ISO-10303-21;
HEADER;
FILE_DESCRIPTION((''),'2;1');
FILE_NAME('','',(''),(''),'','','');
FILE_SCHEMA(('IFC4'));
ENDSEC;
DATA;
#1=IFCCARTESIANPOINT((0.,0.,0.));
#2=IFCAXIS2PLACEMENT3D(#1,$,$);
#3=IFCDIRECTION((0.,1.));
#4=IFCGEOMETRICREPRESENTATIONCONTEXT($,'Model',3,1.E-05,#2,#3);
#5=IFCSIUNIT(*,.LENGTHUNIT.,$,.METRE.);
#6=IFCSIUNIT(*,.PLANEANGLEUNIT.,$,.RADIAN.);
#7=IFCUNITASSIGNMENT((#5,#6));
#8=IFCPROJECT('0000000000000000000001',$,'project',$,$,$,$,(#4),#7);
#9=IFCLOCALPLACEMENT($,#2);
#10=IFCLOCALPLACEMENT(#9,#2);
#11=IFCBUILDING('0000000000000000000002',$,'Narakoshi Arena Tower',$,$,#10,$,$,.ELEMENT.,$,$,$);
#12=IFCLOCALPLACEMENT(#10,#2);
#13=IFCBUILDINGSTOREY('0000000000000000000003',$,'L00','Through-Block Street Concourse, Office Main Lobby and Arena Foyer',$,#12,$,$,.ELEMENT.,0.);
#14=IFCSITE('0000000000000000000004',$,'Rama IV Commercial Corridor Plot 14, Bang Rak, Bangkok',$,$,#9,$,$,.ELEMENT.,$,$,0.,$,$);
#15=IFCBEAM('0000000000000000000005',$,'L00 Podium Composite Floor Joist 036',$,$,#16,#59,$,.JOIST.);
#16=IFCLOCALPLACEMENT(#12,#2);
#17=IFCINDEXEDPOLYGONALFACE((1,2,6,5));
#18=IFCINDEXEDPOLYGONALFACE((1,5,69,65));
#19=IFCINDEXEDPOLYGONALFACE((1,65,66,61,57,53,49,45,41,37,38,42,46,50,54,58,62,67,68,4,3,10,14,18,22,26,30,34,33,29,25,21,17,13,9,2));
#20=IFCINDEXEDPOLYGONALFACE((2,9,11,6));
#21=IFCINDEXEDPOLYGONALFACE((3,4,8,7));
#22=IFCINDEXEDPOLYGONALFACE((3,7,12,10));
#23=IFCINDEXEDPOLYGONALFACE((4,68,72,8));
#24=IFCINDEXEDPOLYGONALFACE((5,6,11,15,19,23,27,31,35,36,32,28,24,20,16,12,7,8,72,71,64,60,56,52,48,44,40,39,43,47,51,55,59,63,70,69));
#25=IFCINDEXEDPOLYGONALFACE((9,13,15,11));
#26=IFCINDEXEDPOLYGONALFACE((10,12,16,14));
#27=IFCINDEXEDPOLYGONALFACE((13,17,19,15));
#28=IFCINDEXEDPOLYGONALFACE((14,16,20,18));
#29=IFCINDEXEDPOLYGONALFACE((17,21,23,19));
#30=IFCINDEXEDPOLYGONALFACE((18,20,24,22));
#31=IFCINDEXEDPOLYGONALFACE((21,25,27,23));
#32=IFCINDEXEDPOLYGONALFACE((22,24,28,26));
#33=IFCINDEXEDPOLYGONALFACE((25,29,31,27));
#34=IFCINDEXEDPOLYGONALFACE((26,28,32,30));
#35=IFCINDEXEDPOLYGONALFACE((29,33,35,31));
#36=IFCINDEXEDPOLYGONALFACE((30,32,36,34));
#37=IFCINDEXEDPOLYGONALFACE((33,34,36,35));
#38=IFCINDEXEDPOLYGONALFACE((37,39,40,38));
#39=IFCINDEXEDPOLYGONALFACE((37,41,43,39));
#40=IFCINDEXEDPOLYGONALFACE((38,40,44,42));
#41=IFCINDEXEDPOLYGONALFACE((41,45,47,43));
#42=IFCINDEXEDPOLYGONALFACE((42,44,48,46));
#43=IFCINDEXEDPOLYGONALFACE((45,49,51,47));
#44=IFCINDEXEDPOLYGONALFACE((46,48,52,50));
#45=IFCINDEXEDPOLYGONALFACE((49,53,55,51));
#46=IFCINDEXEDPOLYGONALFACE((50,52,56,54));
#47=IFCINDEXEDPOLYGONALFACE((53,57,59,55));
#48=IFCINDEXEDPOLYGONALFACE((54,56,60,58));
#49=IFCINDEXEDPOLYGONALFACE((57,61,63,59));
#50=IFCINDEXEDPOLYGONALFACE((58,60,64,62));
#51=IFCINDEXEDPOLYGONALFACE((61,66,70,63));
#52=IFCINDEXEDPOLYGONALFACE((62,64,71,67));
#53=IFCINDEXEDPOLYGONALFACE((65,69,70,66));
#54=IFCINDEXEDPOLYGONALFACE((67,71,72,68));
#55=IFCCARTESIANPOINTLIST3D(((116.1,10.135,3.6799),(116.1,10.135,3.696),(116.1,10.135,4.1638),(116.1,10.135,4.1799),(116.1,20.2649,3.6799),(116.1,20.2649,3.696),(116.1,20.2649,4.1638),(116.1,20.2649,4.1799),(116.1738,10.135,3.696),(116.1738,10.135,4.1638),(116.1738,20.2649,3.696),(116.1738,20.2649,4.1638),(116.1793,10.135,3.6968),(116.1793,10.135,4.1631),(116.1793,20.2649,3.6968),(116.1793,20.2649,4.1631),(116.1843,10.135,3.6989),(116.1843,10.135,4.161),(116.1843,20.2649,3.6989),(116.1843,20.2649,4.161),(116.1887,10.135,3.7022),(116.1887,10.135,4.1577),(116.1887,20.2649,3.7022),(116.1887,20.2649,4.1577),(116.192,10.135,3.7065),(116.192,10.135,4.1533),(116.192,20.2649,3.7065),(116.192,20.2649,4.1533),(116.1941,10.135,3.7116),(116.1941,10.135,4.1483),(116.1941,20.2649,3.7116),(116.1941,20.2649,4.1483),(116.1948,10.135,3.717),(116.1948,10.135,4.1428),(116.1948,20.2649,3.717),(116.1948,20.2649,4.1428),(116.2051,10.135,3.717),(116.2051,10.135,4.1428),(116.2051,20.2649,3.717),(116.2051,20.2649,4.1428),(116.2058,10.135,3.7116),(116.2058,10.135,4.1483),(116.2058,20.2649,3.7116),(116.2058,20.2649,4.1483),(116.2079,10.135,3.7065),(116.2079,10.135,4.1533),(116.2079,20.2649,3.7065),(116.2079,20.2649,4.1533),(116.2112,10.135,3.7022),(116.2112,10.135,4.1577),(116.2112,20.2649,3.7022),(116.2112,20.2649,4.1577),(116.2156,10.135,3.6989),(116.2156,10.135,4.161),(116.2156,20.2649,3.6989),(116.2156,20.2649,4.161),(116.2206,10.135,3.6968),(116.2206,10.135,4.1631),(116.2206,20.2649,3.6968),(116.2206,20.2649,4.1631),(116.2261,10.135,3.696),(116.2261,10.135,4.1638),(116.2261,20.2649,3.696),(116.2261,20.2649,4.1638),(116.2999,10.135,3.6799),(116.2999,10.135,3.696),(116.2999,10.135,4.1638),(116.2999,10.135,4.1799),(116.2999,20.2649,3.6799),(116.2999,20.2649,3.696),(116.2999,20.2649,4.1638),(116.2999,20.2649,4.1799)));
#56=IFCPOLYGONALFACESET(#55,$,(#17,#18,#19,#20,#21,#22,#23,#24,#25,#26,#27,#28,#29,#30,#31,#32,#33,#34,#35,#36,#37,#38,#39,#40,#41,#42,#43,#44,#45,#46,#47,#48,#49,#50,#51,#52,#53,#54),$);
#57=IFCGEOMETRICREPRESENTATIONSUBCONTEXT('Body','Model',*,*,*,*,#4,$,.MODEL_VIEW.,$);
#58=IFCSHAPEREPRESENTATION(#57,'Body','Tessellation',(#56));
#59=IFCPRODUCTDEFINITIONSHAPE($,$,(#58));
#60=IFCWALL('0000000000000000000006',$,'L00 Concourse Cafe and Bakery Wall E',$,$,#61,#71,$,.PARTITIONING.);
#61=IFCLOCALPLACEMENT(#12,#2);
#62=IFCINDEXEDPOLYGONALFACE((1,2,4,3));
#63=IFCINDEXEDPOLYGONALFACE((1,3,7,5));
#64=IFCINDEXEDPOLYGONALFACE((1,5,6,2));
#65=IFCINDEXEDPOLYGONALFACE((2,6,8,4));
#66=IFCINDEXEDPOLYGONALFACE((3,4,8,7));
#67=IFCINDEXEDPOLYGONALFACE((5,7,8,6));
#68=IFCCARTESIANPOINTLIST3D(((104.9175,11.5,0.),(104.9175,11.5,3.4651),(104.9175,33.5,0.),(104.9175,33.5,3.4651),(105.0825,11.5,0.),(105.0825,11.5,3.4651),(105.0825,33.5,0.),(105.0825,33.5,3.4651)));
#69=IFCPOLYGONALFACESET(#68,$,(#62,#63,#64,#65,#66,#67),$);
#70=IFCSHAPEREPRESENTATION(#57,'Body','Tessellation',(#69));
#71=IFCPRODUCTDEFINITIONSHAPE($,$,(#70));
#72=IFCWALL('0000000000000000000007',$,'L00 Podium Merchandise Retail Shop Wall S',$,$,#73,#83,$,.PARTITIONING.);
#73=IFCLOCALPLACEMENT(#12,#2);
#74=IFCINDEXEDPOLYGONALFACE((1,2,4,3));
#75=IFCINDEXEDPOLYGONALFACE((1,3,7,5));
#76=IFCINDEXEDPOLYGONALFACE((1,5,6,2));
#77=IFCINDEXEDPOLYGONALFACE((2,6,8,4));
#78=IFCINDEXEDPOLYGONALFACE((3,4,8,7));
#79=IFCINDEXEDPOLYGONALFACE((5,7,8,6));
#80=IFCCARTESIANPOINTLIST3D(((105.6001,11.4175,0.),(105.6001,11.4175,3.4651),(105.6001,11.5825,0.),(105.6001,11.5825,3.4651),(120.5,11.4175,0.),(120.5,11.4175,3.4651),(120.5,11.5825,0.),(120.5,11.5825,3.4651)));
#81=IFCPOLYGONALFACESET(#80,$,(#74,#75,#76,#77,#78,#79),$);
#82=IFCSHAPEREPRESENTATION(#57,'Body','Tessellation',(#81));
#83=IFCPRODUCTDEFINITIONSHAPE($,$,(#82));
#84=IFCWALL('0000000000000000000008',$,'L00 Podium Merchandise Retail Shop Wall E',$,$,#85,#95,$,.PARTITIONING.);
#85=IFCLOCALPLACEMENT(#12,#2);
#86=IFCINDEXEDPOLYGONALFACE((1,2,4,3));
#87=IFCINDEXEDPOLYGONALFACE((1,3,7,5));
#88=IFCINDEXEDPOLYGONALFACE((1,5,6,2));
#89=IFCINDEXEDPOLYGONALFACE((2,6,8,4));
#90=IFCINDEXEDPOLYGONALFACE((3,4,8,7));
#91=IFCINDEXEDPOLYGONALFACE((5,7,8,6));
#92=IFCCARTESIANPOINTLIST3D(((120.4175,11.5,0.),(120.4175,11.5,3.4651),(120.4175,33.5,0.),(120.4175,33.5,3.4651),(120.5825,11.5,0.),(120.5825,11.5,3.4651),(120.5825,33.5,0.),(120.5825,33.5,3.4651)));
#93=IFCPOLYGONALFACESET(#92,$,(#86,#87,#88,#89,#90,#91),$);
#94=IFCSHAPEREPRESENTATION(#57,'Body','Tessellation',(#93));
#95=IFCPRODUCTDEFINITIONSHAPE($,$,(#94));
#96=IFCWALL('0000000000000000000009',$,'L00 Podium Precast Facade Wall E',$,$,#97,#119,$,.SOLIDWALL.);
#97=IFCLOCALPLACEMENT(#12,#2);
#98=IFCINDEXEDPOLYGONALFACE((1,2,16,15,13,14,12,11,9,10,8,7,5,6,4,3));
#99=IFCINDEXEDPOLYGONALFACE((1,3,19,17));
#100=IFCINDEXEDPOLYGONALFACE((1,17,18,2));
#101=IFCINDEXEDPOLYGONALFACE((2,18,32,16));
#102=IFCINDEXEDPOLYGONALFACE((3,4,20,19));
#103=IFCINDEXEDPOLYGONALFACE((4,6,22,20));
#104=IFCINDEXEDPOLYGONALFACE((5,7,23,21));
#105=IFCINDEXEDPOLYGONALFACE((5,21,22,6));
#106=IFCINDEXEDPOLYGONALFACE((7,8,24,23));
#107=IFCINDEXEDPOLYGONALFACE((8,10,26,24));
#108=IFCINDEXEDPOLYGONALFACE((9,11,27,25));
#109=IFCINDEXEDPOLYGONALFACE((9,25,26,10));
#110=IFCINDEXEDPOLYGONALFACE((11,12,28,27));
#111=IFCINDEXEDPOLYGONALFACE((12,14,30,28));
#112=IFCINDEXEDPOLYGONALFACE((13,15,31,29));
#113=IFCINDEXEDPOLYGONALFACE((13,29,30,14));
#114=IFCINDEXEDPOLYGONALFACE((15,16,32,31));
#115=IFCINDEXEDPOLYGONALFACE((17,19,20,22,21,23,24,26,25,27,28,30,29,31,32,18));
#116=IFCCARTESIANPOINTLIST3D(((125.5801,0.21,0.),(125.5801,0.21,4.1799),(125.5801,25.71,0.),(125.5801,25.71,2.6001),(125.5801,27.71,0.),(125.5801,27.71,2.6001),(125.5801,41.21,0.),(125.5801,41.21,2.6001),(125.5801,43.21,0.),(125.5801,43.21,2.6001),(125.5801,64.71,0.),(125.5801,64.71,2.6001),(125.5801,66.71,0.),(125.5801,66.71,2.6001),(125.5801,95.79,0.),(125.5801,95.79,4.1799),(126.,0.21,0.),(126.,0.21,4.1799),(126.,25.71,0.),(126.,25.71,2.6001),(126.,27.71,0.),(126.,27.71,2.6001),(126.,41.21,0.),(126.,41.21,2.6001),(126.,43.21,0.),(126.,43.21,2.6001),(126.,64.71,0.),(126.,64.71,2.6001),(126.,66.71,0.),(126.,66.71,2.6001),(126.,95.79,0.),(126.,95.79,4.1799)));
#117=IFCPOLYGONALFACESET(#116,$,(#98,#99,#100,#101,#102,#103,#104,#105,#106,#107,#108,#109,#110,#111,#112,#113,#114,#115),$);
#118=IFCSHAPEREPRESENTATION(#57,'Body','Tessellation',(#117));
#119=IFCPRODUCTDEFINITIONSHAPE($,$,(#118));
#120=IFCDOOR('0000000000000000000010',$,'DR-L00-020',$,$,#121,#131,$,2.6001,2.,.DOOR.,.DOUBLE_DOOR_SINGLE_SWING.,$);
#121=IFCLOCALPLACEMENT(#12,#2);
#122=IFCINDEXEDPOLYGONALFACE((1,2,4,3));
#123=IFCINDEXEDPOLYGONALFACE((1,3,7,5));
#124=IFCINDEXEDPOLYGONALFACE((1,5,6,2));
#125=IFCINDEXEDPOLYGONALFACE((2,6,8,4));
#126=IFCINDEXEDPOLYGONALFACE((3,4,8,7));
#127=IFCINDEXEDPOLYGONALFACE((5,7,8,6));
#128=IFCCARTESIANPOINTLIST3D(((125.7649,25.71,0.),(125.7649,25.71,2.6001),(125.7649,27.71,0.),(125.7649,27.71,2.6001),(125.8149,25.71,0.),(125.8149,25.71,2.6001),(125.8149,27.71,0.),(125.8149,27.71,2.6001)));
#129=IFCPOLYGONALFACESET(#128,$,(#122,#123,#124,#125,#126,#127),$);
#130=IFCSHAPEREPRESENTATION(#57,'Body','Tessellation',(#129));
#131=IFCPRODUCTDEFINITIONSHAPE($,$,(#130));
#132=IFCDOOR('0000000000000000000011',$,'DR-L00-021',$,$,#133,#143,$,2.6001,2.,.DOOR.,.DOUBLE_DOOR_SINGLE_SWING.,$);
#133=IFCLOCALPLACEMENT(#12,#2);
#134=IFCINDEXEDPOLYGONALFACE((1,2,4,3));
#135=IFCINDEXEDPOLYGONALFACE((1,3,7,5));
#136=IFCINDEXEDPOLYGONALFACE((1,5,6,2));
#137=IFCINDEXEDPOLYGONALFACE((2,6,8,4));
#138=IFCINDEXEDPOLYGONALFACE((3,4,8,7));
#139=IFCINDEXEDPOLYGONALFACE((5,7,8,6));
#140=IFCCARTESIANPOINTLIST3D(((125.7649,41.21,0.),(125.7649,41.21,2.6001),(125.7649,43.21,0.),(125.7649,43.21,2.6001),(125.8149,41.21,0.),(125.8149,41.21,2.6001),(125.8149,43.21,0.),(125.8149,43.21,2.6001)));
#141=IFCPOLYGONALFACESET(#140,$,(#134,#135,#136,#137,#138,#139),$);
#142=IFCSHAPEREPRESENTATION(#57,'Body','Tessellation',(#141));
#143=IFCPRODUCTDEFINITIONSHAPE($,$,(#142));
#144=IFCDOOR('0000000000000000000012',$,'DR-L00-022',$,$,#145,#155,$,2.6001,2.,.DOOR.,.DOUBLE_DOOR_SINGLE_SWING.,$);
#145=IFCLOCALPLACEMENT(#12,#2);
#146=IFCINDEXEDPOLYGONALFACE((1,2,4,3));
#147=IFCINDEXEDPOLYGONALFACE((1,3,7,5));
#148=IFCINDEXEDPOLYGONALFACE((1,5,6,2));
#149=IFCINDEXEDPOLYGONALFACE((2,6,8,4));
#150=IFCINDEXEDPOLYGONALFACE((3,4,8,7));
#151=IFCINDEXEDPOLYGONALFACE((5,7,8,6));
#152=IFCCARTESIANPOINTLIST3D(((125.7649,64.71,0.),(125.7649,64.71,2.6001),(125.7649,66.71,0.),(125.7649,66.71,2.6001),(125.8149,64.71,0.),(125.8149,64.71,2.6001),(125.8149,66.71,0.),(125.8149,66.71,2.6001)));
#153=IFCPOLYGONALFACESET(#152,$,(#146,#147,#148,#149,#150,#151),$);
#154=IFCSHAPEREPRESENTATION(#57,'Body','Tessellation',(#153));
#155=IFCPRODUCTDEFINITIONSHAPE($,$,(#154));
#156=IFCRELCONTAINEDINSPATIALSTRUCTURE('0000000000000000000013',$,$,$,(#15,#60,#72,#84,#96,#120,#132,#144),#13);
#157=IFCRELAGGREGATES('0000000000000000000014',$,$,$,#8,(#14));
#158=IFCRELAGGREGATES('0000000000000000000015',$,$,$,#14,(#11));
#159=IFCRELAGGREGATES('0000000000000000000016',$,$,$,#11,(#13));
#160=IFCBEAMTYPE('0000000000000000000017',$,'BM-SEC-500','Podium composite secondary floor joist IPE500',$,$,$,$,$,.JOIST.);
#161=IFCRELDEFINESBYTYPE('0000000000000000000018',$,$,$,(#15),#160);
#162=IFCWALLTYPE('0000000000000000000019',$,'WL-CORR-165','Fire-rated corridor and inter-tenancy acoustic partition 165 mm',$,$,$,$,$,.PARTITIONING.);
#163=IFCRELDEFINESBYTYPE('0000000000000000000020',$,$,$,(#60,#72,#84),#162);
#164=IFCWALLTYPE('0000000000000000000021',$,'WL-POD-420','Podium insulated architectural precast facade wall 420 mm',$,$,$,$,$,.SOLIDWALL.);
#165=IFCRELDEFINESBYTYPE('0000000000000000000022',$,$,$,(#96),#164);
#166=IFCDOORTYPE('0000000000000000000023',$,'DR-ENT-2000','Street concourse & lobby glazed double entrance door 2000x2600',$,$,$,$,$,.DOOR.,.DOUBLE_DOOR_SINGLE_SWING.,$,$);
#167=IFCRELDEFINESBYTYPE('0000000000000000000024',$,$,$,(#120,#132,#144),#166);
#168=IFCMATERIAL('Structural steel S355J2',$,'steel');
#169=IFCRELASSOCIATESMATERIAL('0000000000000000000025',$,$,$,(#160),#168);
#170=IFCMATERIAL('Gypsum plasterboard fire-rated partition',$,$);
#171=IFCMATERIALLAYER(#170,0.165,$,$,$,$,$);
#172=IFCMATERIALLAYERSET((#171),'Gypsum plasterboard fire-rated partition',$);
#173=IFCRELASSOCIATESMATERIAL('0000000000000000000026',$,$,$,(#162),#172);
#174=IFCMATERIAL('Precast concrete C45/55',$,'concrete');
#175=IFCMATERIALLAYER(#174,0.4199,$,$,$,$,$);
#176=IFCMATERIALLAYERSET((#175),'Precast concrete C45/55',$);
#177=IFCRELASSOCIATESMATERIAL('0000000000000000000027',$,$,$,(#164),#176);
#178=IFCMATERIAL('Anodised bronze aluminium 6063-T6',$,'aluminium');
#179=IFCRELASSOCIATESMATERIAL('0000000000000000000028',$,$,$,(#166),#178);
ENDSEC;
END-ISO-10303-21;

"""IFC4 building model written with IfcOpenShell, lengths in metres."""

from ifc_helpers import new_model, si_unit, direction, frame, frame_2d, origin, origin_2d, place, context, subcontext, project, spatial, rectangle, i_section, extrude, material, layer, layer_set, material_profile, profile_set, type_object, element, fill, save


model = new_model("IFC4")

# Units and contexts
model_context = context("Model", 3, precision=1e-05, world=origin(), true_north=direction((0.0, 1.0)))
body_context = subcontext(model_context, "Body", "Model", "MODEL_VIEW")
ifc_project = project(units=[si_unit("LENGTHUNIT", "METRE"), si_unit("PLANEANGLEUNIT", "RADIAN")], contexts=[model_context])

# Site, building, storey
site_placement = place(None, origin())
site = spatial("IfcSite", under=ifc_project, at=site_placement, Name="Rama IV Commercial Corridor Plot 14, Bang Rak, Bangkok", CompositionType="ELEMENT", RefElevation=0.0)
building_placement = place(site_placement, origin())
building = spatial("IfcBuilding", under=site, at=building_placement, Name="Narakoshi Arena Tower", CompositionType="ELEMENT")
storey_placement = place(building_placement, origin())
storey = spatial("IfcBuildingStorey", under=building, at=storey_placement, Name="L00", Description="Through-Block Street Concourse, Office Main Lobby and Arena Foyer", CompositionType="ELEMENT", Elevation=0.0)

# Beam
ifc_material_1 = material(Name="Structural steel S355J2", Category="steel")
ifc_material_profile_1 = material_profile(ifc_material_1, i_section(OverallWidth=0.2, OverallDepth=0.5, WebThickness=0.0103, FlangeThickness=0.0161, FilletRadius=0.021, at=origin_2d()), Name="IPE500")
ifc_profile_set_1 = profile_set([ifc_material_profile_1], Name="Structural steel S355J2")
beam_type_1 = type_object("IfcBeamType", Name="BM-SEC-500", Description="Podium composite secondary floor joist IPE500", PredefinedType="JOIST", material=ifc_profile_set_1)
beam_1_placement = place(storey_placement, frame((116.2, 10.135, 3.9299), z_axis=(0.0, 1.0, 0.0), x_axis=(-1.0, 0.0, 0.0)))
element("IfcBeam", 1, at=beam_1_placement, inside=storey, type_object=beam_type_1, Name="L00 Podium Composite Floor Joist 036", PredefinedType="JOIST", context=body_context, shape_type="SweptSolid", body=[
    extrude(i_section(OverallWidth=0.2, OverallDepth=0.5, WebThickness=0.0103, FlangeThickness=0.0161, FilletRadius=0.021, at=origin_2d()), origin(), (0.0, 0.0, 1.0), 10.1299),
])

# Walls
ifc_material_2 = material(Name="Gypsum plasterboard fire-rated partition")
ifc_layer_1 = layer(ifc_material_2, 0.165)
ifc_layer_set_1 = layer_set([ifc_layer_1], Name="Gypsum plasterboard fire-rated partition")
wall_type_1 = type_object("IfcWallType", Name="WL-CORR-165", Description="Fire-rated corridor and inter-tenancy acoustic partition 165 mm", PredefinedType="PARTITIONING", material=ifc_layer_set_1)
wall_1_placement = place(storey_placement, frame((105.0, 11.5, 0.0), z_axis=(0.0, 0.0, 1.0), x_axis=(0.0, 1.0, 0.0)))
element("IfcWall", 2, at=wall_1_placement, inside=storey, type_object=wall_type_1, Name="L00 Concourse Cafe and Bakery Wall E", PredefinedType="PARTITIONING", context=body_context, shape_type="SweptSolid", body=[
    extrude(rectangle(XDim=22.0, YDim=0.165, at=frame_2d((11.0, 0.0))), origin(), (0.0, 0.0, 1.0), 3.4651),
])
wall_2_placement = place(storey_placement, frame((105.6001, 11.5, 0.0), z_axis=(0.0, 0.0, 1.0), x_axis=(1.0, 0.0, 0.0)))
element("IfcWall", 3, at=wall_2_placement, inside=storey, type_object=wall_type_1, Name="L00 Podium Merchandise Retail Shop Wall S", PredefinedType="PARTITIONING", context=body_context, shape_type="SweptSolid", body=[
    extrude(rectangle(XDim=14.8999, YDim=0.165, at=frame_2d((7.45, 0.0))), origin(), (0.0, 0.0, 1.0), 3.4651),
])
wall_3_placement = place(storey_placement, frame((120.5, 11.5, 0.0), z_axis=(0.0, 0.0, 1.0), x_axis=(0.0, 1.0, 0.0)))
element("IfcWall", 4, at=wall_3_placement, inside=storey, type_object=wall_type_1, Name="L00 Podium Merchandise Retail Shop Wall E", PredefinedType="PARTITIONING", context=body_context, shape_type="SweptSolid", body=[
    extrude(rectangle(XDim=22.0, YDim=0.165, at=frame_2d((11.0, 0.0))), origin(), (0.0, 0.0, 1.0), 3.4651),
])

# Wall, openings, doors
ifc_material_3 = material(Name="Precast concrete C45/55", Category="concrete")
ifc_layer_2 = layer(ifc_material_3, 0.4199)
ifc_layer_set_2 = layer_set([ifc_layer_2], Name="Precast concrete C45/55")
wall_type_2 = type_object("IfcWallType", Name="WL-POD-420", Description="Podium insulated architectural precast facade wall 420 mm", PredefinedType="SOLIDWALL", material=ifc_layer_set_2)
wall_4_placement = place(storey_placement, frame((125.79, 0.21, 0.0), z_axis=(0.0, 0.0, 1.0), x_axis=(0.0, 1.0, 0.0)))
wall_4 = element("IfcWall", 5, at=wall_4_placement, inside=storey, type_object=wall_type_2, Name="L00 Podium Precast Facade Wall E", PredefinedType="SOLIDWALL", context=body_context, shape_type="SweptSolid", body=[
    extrude(rectangle(XDim=95.5801, YDim=0.4199, at=frame_2d((47.79, 0.0))), origin(), (0.0, 0.0, 1.0), 4.1799),
])
opening_1_placement = place(wall_4_placement, frame((25.5, 0.0, 0.0)))
opening_1 = element("IfcOpeningElement", 6, at=opening_1_placement, cuts=wall_4, PredefinedType="OPENING", context=body_context, shape_type="SweptSolid", body=[
    extrude(rectangle(XDim=2.0, YDim=2.6001, at=frame_2d((1.0, 1.3))), frame((0.0, 0.22, 0.0), z_axis=(0.0, -1.0, 0.0), x_axis=(1.0, 0.0, 0.0)), (0.0, 0.0, 1.0), 0.4399),
])
opening_2_placement = place(wall_4_placement, frame((41.0, 0.0, 0.0)))
opening_2 = element("IfcOpeningElement", 7, at=opening_2_placement, cuts=wall_4, PredefinedType="OPENING", context=body_context, shape_type="SweptSolid", body=[
    extrude(rectangle(XDim=2.0, YDim=2.6001, at=frame_2d((1.0, 1.3))), frame((0.0, 0.22, 0.0), z_axis=(0.0, -1.0, 0.0), x_axis=(1.0, 0.0, 0.0)), (0.0, 0.0, 1.0), 0.4399),
])
opening_3_placement = place(wall_4_placement, frame((64.5, 0.0, 0.0)))
opening_3 = element("IfcOpeningElement", 8, at=opening_3_placement, cuts=wall_4, PredefinedType="OPENING", context=body_context, shape_type="SweptSolid", body=[
    extrude(rectangle(XDim=2.0, YDim=2.6001, at=frame_2d((1.0, 1.3))), frame((0.0, 0.22, 0.0), z_axis=(0.0, -1.0, 0.0), x_axis=(1.0, 0.0, 0.0)), (0.0, 0.0, 1.0), 0.4399),
])
ifc_material_4 = material(Name="Anodised bronze aluminium 6063-T6", Category="aluminium")
door_type = type_object("IfcDoorType", Name="DR-ENT-2000", Description="Street concourse & lobby glazed double entrance door 2000x2600", OperationType="DOUBLE_DOOR_SINGLE_SWING", PredefinedType="DOOR", material=ifc_material_4)
door_1_placement = place(opening_1_placement, frame((2.0, 0.0, 0.0), z_axis=(0.0, 0.0, 1.0), x_axis=(-1.0, 0.0, 0.0)))
door_1 = element("IfcDoor", 9, at=door_1_placement, inside=storey, type_object=door_type, Name="DR-L00-020", OperationType="DOUBLE_DOOR_SINGLE_SWING", OverallHeight=2.6001, OverallWidth=2.0, PredefinedType="DOOR", context=body_context, shape_type="SweptSolid", body=[
    extrude(rectangle(XDim=2.0, YDim=2.6001, at=frame_2d((1.0, 1.3))), frame((0.0, 0.0249, 0.0), z_axis=(0.0, -1.0, 0.0), x_axis=(1.0, 0.0, 0.0)), (0.0, 0.0, 1.0), 0.05),
])
fill(opening_1, door_1)
door_2_placement = place(opening_2_placement, frame((2.0, 0.0, 0.0), z_axis=(0.0, 0.0, 1.0), x_axis=(-1.0, 0.0, 0.0)))
door_2 = element("IfcDoor", 10, at=door_2_placement, inside=storey, type_object=door_type, Name="DR-L00-021", OperationType="DOUBLE_DOOR_SINGLE_SWING", OverallHeight=2.6001, OverallWidth=2.0, PredefinedType="DOOR", context=body_context, shape_type="SweptSolid", body=[
    extrude(rectangle(XDim=2.0, YDim=2.6001, at=frame_2d((1.0, 1.3))), frame((0.0, 0.0249, 0.0), z_axis=(0.0, -1.0, 0.0), x_axis=(1.0, 0.0, 0.0)), (0.0, 0.0, 1.0), 0.05),
])
fill(opening_2, door_2)
door_3_placement = place(opening_3_placement, frame((2.0, 0.0, 0.0), z_axis=(0.0, 0.0, 1.0), x_axis=(-1.0, 0.0, 0.0)))
door_3 = element("IfcDoor", 11, at=door_3_placement, inside=storey, type_object=door_type, Name="DR-L00-022", OperationType="DOUBLE_DOOR_SINGLE_SWING", OverallHeight=2.6001, OverallWidth=2.0, PredefinedType="DOOR", context=body_context, shape_type="SweptSolid", body=[
    extrude(rectangle(XDim=2.0, YDim=2.6001, at=frame_2d((1.0, 1.3))), frame((0.0, 0.0249, 0.0), z_axis=(0.0, -1.0, 0.0), x_axis=(1.0, 0.0, 0.0)), (0.0, 0.0, 1.0), 0.05),
])
fill(opening_3, door_3)

save(model, "model.ifc")
